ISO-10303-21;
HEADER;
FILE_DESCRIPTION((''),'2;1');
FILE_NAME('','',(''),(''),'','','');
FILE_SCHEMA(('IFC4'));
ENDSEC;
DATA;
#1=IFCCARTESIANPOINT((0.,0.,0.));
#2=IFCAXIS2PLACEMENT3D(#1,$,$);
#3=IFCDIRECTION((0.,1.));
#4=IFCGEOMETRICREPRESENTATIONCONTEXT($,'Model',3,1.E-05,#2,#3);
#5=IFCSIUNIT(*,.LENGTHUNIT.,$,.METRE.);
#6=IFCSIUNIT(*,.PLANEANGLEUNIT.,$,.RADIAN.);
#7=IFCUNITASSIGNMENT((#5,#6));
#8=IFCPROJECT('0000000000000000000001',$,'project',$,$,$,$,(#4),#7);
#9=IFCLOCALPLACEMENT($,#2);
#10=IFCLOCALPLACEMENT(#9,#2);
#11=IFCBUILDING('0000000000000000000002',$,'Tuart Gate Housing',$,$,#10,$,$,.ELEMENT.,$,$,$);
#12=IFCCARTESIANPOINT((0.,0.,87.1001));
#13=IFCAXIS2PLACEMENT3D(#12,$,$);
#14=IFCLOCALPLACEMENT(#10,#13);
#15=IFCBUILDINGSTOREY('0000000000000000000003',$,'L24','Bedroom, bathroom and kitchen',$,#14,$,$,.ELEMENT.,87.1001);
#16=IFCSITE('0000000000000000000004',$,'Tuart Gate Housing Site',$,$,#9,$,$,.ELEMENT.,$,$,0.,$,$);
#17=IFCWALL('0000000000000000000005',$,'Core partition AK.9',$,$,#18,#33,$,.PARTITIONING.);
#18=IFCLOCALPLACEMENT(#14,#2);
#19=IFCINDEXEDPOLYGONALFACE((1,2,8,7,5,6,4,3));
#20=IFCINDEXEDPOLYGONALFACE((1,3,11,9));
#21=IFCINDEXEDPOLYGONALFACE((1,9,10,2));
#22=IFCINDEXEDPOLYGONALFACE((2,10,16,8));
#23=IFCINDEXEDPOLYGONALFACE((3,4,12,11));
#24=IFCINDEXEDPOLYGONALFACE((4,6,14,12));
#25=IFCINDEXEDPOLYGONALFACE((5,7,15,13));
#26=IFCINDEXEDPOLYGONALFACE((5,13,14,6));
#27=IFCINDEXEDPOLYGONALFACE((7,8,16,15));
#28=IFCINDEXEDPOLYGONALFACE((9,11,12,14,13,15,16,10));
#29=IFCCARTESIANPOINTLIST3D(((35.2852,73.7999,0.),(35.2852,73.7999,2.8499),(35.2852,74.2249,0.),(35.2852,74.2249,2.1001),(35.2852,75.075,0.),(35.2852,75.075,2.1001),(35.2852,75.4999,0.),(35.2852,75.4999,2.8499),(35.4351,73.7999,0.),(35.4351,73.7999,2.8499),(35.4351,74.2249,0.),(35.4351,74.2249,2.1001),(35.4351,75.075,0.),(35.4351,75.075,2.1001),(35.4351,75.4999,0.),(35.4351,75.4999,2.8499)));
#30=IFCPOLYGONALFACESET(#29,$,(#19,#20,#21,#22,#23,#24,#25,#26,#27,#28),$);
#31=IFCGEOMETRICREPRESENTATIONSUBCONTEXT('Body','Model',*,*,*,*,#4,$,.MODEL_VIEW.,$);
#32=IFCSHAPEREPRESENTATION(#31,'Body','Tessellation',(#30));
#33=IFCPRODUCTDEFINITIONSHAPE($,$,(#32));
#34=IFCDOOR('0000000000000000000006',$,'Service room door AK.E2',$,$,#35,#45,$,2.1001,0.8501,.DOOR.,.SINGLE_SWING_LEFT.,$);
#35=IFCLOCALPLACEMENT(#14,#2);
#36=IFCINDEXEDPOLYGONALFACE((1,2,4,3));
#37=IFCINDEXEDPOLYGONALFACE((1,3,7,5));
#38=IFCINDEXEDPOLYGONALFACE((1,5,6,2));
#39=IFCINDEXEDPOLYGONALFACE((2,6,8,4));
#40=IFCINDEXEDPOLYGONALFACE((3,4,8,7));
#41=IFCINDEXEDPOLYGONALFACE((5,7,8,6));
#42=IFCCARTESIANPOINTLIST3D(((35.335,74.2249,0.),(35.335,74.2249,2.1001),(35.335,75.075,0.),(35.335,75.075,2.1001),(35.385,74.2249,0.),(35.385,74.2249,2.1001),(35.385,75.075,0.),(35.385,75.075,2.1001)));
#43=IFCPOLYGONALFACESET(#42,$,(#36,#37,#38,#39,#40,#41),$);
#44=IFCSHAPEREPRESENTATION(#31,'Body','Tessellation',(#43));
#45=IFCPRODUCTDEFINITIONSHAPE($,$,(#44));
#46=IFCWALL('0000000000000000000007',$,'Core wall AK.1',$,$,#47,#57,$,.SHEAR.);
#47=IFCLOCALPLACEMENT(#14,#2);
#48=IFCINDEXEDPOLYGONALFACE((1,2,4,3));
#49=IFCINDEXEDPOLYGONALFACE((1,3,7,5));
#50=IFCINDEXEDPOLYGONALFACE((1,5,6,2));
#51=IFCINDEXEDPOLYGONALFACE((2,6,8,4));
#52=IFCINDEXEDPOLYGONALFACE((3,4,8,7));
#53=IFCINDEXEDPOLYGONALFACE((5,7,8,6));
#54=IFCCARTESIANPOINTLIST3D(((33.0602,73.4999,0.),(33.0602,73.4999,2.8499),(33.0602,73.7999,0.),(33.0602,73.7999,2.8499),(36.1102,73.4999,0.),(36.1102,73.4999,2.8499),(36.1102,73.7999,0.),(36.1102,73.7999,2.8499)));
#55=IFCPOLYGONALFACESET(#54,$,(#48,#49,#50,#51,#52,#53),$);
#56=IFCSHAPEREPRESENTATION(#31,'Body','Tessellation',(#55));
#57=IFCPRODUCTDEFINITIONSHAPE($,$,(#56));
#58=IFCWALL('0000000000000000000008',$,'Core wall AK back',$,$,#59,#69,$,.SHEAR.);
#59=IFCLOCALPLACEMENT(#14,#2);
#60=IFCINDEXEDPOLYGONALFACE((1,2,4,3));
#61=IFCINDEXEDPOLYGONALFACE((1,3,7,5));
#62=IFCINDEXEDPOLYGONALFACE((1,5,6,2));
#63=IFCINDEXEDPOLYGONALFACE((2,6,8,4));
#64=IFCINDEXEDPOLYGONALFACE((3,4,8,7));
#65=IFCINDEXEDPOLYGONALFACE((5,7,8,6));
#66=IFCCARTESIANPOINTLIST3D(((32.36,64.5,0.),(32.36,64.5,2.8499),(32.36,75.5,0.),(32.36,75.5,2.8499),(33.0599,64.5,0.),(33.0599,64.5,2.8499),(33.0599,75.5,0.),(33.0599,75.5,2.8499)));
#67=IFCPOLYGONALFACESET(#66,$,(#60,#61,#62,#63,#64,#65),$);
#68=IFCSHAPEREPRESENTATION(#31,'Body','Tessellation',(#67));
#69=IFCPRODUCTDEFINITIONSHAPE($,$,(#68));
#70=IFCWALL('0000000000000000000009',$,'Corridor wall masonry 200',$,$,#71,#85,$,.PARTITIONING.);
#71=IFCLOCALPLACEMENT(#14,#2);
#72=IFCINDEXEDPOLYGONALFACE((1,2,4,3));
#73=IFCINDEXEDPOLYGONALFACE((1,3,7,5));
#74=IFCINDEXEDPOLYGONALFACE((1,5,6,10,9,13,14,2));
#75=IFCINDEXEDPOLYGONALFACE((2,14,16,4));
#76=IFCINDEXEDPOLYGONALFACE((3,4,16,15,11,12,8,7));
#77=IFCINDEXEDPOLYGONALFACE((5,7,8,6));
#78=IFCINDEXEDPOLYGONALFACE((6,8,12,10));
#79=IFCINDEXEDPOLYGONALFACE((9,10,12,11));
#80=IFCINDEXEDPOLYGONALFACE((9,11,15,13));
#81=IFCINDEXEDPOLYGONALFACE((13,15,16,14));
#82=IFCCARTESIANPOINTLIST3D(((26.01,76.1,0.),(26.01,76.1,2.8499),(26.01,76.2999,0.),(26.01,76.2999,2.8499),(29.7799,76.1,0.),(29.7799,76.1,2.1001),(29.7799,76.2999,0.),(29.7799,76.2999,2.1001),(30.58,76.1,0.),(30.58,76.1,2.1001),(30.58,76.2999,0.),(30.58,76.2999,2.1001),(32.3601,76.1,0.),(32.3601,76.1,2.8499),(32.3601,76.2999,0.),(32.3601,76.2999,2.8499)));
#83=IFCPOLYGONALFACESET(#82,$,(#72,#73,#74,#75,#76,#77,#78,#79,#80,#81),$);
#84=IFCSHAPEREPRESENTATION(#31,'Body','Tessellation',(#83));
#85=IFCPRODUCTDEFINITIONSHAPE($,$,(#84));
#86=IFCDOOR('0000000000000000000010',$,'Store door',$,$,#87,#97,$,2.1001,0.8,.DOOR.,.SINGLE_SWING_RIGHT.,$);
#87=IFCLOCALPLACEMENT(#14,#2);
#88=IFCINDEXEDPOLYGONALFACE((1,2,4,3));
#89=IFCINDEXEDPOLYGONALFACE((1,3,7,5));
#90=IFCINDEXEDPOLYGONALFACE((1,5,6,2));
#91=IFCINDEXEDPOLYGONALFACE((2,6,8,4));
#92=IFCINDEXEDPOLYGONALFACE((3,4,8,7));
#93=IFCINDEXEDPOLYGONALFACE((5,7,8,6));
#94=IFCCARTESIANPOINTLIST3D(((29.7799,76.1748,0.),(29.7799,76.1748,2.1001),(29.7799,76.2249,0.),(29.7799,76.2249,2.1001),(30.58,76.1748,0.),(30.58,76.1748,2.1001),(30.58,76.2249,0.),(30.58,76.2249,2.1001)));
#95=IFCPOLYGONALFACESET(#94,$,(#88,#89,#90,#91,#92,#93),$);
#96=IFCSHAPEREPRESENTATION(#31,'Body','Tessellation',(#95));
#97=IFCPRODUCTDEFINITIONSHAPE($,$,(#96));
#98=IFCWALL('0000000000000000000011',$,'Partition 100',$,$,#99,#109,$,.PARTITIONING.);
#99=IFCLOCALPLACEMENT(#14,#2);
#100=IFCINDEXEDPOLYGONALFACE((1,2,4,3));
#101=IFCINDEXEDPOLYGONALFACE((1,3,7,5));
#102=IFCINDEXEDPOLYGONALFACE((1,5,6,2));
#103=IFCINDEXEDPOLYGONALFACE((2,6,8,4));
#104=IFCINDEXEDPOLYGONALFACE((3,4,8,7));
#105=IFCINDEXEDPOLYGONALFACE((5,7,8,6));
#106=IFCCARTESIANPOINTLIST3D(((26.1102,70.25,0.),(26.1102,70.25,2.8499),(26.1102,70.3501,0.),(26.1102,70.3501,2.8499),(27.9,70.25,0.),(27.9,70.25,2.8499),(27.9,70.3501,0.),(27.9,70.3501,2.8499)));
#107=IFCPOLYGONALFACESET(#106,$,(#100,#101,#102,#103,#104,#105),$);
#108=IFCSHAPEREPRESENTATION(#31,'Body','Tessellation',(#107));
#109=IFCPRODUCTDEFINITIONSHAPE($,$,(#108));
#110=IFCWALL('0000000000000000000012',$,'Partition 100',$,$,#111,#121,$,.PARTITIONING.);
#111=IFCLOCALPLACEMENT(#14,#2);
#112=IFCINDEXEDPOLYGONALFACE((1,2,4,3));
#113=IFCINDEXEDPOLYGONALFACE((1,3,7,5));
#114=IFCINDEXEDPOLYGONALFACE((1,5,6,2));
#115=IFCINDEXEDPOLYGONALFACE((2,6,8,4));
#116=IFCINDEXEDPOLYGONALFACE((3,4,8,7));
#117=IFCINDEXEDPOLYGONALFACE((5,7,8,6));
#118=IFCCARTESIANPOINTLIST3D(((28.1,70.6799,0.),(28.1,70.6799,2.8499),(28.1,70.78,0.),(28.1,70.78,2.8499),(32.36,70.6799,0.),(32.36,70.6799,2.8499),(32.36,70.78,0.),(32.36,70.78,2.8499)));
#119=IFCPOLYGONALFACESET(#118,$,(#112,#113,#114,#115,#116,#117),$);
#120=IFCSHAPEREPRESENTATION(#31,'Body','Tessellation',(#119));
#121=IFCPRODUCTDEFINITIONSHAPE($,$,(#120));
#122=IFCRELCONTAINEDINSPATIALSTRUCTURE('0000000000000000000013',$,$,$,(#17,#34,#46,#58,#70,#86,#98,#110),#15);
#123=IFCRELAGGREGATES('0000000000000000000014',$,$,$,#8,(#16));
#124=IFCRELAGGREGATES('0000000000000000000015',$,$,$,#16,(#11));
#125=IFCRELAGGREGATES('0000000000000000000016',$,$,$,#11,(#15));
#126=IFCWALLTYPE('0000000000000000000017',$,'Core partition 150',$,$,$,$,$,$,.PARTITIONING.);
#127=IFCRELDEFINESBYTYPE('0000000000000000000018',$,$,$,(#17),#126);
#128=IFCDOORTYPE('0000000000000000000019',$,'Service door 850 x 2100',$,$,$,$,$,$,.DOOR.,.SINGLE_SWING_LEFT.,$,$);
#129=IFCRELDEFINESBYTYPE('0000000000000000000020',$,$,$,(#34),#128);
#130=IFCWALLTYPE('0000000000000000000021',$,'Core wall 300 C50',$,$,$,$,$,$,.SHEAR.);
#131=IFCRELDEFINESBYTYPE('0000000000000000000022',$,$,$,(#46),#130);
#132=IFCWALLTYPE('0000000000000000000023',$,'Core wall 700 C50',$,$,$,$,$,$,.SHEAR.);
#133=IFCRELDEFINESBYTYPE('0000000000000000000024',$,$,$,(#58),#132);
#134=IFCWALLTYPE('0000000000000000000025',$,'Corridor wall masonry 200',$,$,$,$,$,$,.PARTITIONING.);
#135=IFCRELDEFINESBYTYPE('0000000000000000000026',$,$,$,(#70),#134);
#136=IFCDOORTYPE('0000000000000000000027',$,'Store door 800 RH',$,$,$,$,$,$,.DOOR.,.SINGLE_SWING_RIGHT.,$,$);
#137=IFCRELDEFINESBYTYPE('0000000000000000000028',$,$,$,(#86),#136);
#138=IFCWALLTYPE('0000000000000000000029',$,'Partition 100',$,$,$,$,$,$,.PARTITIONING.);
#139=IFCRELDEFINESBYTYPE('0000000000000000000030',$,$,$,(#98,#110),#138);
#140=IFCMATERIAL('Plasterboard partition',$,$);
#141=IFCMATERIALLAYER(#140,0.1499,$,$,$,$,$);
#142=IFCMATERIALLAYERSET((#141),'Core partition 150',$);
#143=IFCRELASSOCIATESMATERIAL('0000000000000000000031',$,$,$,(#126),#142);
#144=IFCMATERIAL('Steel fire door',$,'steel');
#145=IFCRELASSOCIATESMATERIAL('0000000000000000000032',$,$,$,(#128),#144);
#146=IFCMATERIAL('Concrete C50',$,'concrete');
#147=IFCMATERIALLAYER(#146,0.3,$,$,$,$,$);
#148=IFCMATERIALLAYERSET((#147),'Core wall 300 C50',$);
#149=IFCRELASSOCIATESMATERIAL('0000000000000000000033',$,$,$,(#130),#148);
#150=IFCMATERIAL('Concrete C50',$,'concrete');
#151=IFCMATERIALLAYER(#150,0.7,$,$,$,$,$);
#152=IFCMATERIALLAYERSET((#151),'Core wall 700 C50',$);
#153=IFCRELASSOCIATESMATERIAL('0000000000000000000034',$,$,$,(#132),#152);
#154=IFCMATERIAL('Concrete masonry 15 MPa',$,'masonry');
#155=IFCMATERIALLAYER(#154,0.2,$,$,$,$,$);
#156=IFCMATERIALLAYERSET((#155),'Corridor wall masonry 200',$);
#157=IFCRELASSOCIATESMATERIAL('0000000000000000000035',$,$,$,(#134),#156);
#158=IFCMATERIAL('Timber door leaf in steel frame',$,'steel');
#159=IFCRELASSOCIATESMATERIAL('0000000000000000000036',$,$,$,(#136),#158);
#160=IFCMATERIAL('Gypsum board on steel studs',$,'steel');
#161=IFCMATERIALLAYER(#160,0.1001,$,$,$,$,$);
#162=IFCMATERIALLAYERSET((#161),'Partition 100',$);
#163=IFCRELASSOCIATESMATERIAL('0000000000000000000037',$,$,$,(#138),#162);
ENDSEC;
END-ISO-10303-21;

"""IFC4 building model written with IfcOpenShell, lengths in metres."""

from ifc_helpers import new_model, si_unit, direction, frame, frame_2d, origin, place, context, subcontext, project, spatial, rectangle, extrude, material, layer, layer_set, type_object, element, fill, save


model = new_model("IFC4")

# Units and contexts
model_context = context("Model", 3, precision=1e-05, world=origin(), true_north=direction((0.0, 1.0)))
body_context = subcontext(model_context, "Body", "Model", "MODEL_VIEW")
ifc_project = project(units=[si_unit("LENGTHUNIT", "METRE"), si_unit("PLANEANGLEUNIT", "RADIAN")], contexts=[model_context])

# Site, building, storey
site_placement = place(None, origin())
site = spatial("IfcSite", under=ifc_project, at=site_placement, Name="Tuart Gate Housing Site", CompositionType="ELEMENT", RefElevation=0.0)
building_placement = place(site_placement, origin())
building = spatial("IfcBuilding", under=site, at=building_placement, Name="Tuart Gate Housing", CompositionType="ELEMENT")
storey_placement = place(building_placement, frame((0.0, 0.0, 87.1001)))
storey = spatial("IfcBuildingStorey", under=building, at=storey_placement, Name="L24", Description="Bedroom, bathroom and kitchen", CompositionType="ELEMENT", Elevation=87.1001)

# Wall, opening, door
ifc_material_1 = material(Name="Plasterboard partition")
ifc_layer_1 = layer(ifc_material_1, 0.1499)
ifc_layer_set_1 = layer_set([ifc_layer_1], Name="Core partition 150")
wall_type_1 = type_object("IfcWallType", Name="Core partition 150", PredefinedType="PARTITIONING", material=ifc_layer_set_1)
wall_1_placement = place(storey_placement, frame((35.3601, 75.5, 0.0), z_axis=(0.0, 0.0, 1.0), x_axis=(0.0, -1.0, 0.0)))
wall_1 = element("IfcWall", 1, at=wall_1_placement, inside=storey, type_object=wall_type_1, Name="Core partition AK.9", PredefinedType="PARTITIONING", context=body_context, shape_type="SweptSolid", body=[
    extrude(rectangle(XDim=1.7, YDim=0.1499, at=frame_2d((0.8501, 0.0))), origin(), (0.0, 0.0, 1.0), 2.8499),
])
opening_1_placement = place(wall_1_placement, frame((0.425, 0.0, 0.0)))
opening_1 = element("IfcOpeningElement", 2, at=opening_1_placement, cuts=wall_1, PredefinedType="OPENING", context=body_context, shape_type="SweptSolid", body=[
    extrude(rectangle(XDim=0.8501, YDim=2.1001, at=frame_2d((0.425, 1.05))), frame((0.0, 0.085, 0.0), z_axis=(0.0, -1.0, 0.0), x_axis=(1.0, 0.0, 0.0)), (0.0, 0.0, 1.0), 0.1699),
])
ifc_material_2 = material(Name="Steel fire door", Category="steel")
door_type_1 = type_object("IfcDoorType", Name="Service door 850 x 2100", OperationType="SINGLE_SWING_LEFT", PredefinedType="DOOR", material=ifc_material_2)
door_1_placement = place(opening_1_placement, origin())
door_1 = element("IfcDoor", 3, at=door_1_placement, inside=storey, type_object=door_type_1, Name="Service room door AK.E2", OperationType="SINGLE_SWING_LEFT", OverallHeight=2.1001, OverallWidth=0.8501, PredefinedType="DOOR", context=body_context, shape_type="SweptSolid", body=[
    extrude(rectangle(XDim=0.8501, YDim=2.1001, at=frame_2d((0.425, 1.05))), frame((0.0, 0.0249, 0.0), z_axis=(0.0, -1.0, 0.0), x_axis=(1.0, 0.0, 0.0)), (0.0, 0.0, 1.0), 0.05),
])
fill(opening_1, door_1)

# Walls
ifc_material_3 = material(Name="Concrete C50", Category="concrete")
ifc_layer_2 = layer(ifc_material_3, 0.3)
ifc_layer_set_2 = layer_set([ifc_layer_2], Name="Core wall 300 C50")
wall_type_2 = type_object("IfcWallType", Name="Core wall 300 C50", PredefinedType="SHEAR", material=ifc_layer_set_2)
wall_2_placement = place(storey_placement, frame((36.1101, 73.6499, 0.0), z_axis=(0.0, 0.0, 1.0), x_axis=(-1.0, 0.0, 0.0)))
element("IfcWall", 4, at=wall_2_placement, inside=storey, type_object=wall_type_2, Name="Core wall AK.1", PredefinedType="SHEAR", context=body_context, shape_type="SweptSolid", body=[
    extrude(rectangle(XDim=3.05, YDim=0.3, at=frame_2d((1.5249, 0.0))), origin(), (0.0, 0.0, 1.0), 2.8499),
])
ifc_material_4 = material(Name="Concrete C50", Category="concrete")
ifc_layer_3 = layer(ifc_material_4, 0.7)
ifc_layer_set_3 = layer_set([ifc_layer_3], Name="Core wall 700 C50")
wall_type_3 = type_object("IfcWallType", Name="Core wall 700 C50", PredefinedType="SHEAR", material=ifc_layer_set_3)
wall_3_placement = place(storey_placement, frame((32.71, 75.5, 0.0), z_axis=(0.0, 0.0, 1.0), x_axis=(0.0, -1.0, 0.0)))
element("IfcWall", 5, at=wall_3_placement, inside=storey, type_object=wall_type_3, Name="Core wall AK back", PredefinedType="SHEAR", context=body_context, shape_type="SweptSolid", body=[
    extrude(rectangle(XDim=11.0, YDim=0.7, at=frame_2d((5.5, 0.0))), origin(), (0.0, 0.0, 1.0), 2.8499),
])

# Wall, opening, door
ifc_material_5 = material(Name="Concrete masonry 15 MPa", Category="masonry")
ifc_layer_4 = layer(ifc_material_5, 0.2)
ifc_layer_set_4 = layer_set([ifc_layer_4], Name="Corridor wall masonry 200")
wall_type_4 = type_object("IfcWallType", Name="Corridor wall masonry 200", PredefinedType="PARTITIONING", material=ifc_layer_set_4)
wall_4_placement = place(storey_placement, frame((26.01, 76.2, 0.0), z_axis=(0.0, 0.0, 1.0), x_axis=(1.0, 0.0, 0.0)))
wall_4 = element("IfcWall", 6, at=wall_4_placement, inside=storey, type_object=wall_type_4, Name="Corridor wall masonry 200", PredefinedType="PARTITIONING", context=body_context, shape_type="SweptSolid", body=[
    extrude(rectangle(XDim=6.3501, YDim=0.2, at=frame_2d((3.175, 0.0))), origin(), (0.0, 0.0, 1.0), 2.8499),
])
opening_2_placement = place(wall_4_placement, frame((3.77, 0.0, 0.0)))
opening_2 = element("IfcOpeningElement", 7, at=opening_2_placement, cuts=wall_4, PredefinedType="OPENING", context=body_context, shape_type="SweptSolid", body=[
    extrude(rectangle(XDim=0.8, YDim=2.1001, at=frame_2d((0.3999, 1.05))), frame((0.0, 0.1099, 0.0), z_axis=(0.0, -1.0, 0.0), x_axis=(1.0, 0.0, 0.0)), (0.0, 0.0, 1.0), 0.22),
])
ifc_material_6 = material(Name="Timber door leaf in steel frame", Category="steel")
door_type_2 = type_object("IfcDoorType", Name="Store door 800 RH", OperationType="SINGLE_SWING_RIGHT", PredefinedType="DOOR", material=ifc_material_6)
door_2_placement = place(opening_2_placement, frame((0.8, 0.0, 0.0), z_axis=(0.0, 0.0, 1.0), x_axis=(-1.0, 0.0, 0.0)))
door_2 = element("IfcDoor", 8, at=door_2_placement, inside=storey, type_object=door_type_2, Name="Store door", OperationType="SINGLE_SWING_RIGHT", OverallHeight=2.1001, OverallWidth=0.8, PredefinedType="DOOR", context=body_context, shape_type="SweptSolid", body=[
    extrude(rectangle(XDim=0.8, YDim=2.1001, at=frame_2d((0.4001, 1.05))), frame((0.0, 0.0251, 0.0), z_axis=(0.0, -1.0, 0.0), x_axis=(1.0, 0.0, 0.0)), (0.0, 0.0, 1.0), 0.05),
])
fill(opening_2, door_2)

# Walls
ifc_material_7 = material(Name="Gypsum board on steel studs", Category="steel")
ifc_layer_5 = layer(ifc_material_7, 0.1001)
ifc_layer_set_5 = layer_set([ifc_layer_5], Name="Partition 100")
wall_type_5 = type_object("IfcWallType", Name="Partition 100", PredefinedType="PARTITIONING", material=ifc_layer_set_5)
wall_5_placement = place(storey_placement, frame((26.1101, 70.3, 0.0), z_axis=(0.0, 0.0, 1.0), x_axis=(1.0, 0.0, 0.0)))
element("IfcWall", 9, at=wall_5_placement, inside=storey, type_object=wall_type_5, Name="Partition 100", PredefinedType="PARTITIONING", context=body_context, shape_type="SweptSolid", body=[
    extrude(rectangle(XDim=1.7898, YDim=0.1001, at=frame_2d((0.895, 0.0))), origin(), (0.0, 0.0, 1.0), 2.8499),
])
wall_6_placement = place(storey_placement, frame((28.1001, 70.73, 0.0), z_axis=(0.0, 0.0, 1.0), x_axis=(1.0, 0.0, 0.0)))
element("IfcWall", 10, at=wall_6_placement, inside=storey, type_object=wall_type_5, Name="Partition 100", PredefinedType="PARTITIONING", context=body_context, shape_type="SweptSolid", body=[
    extrude(rectangle(XDim=4.26, YDim=0.1001, at=frame_2d((2.1299, 0.0))), origin(), (0.0, 0.0, 1.0), 2.8499),
])

save(model, "model.ifc")
